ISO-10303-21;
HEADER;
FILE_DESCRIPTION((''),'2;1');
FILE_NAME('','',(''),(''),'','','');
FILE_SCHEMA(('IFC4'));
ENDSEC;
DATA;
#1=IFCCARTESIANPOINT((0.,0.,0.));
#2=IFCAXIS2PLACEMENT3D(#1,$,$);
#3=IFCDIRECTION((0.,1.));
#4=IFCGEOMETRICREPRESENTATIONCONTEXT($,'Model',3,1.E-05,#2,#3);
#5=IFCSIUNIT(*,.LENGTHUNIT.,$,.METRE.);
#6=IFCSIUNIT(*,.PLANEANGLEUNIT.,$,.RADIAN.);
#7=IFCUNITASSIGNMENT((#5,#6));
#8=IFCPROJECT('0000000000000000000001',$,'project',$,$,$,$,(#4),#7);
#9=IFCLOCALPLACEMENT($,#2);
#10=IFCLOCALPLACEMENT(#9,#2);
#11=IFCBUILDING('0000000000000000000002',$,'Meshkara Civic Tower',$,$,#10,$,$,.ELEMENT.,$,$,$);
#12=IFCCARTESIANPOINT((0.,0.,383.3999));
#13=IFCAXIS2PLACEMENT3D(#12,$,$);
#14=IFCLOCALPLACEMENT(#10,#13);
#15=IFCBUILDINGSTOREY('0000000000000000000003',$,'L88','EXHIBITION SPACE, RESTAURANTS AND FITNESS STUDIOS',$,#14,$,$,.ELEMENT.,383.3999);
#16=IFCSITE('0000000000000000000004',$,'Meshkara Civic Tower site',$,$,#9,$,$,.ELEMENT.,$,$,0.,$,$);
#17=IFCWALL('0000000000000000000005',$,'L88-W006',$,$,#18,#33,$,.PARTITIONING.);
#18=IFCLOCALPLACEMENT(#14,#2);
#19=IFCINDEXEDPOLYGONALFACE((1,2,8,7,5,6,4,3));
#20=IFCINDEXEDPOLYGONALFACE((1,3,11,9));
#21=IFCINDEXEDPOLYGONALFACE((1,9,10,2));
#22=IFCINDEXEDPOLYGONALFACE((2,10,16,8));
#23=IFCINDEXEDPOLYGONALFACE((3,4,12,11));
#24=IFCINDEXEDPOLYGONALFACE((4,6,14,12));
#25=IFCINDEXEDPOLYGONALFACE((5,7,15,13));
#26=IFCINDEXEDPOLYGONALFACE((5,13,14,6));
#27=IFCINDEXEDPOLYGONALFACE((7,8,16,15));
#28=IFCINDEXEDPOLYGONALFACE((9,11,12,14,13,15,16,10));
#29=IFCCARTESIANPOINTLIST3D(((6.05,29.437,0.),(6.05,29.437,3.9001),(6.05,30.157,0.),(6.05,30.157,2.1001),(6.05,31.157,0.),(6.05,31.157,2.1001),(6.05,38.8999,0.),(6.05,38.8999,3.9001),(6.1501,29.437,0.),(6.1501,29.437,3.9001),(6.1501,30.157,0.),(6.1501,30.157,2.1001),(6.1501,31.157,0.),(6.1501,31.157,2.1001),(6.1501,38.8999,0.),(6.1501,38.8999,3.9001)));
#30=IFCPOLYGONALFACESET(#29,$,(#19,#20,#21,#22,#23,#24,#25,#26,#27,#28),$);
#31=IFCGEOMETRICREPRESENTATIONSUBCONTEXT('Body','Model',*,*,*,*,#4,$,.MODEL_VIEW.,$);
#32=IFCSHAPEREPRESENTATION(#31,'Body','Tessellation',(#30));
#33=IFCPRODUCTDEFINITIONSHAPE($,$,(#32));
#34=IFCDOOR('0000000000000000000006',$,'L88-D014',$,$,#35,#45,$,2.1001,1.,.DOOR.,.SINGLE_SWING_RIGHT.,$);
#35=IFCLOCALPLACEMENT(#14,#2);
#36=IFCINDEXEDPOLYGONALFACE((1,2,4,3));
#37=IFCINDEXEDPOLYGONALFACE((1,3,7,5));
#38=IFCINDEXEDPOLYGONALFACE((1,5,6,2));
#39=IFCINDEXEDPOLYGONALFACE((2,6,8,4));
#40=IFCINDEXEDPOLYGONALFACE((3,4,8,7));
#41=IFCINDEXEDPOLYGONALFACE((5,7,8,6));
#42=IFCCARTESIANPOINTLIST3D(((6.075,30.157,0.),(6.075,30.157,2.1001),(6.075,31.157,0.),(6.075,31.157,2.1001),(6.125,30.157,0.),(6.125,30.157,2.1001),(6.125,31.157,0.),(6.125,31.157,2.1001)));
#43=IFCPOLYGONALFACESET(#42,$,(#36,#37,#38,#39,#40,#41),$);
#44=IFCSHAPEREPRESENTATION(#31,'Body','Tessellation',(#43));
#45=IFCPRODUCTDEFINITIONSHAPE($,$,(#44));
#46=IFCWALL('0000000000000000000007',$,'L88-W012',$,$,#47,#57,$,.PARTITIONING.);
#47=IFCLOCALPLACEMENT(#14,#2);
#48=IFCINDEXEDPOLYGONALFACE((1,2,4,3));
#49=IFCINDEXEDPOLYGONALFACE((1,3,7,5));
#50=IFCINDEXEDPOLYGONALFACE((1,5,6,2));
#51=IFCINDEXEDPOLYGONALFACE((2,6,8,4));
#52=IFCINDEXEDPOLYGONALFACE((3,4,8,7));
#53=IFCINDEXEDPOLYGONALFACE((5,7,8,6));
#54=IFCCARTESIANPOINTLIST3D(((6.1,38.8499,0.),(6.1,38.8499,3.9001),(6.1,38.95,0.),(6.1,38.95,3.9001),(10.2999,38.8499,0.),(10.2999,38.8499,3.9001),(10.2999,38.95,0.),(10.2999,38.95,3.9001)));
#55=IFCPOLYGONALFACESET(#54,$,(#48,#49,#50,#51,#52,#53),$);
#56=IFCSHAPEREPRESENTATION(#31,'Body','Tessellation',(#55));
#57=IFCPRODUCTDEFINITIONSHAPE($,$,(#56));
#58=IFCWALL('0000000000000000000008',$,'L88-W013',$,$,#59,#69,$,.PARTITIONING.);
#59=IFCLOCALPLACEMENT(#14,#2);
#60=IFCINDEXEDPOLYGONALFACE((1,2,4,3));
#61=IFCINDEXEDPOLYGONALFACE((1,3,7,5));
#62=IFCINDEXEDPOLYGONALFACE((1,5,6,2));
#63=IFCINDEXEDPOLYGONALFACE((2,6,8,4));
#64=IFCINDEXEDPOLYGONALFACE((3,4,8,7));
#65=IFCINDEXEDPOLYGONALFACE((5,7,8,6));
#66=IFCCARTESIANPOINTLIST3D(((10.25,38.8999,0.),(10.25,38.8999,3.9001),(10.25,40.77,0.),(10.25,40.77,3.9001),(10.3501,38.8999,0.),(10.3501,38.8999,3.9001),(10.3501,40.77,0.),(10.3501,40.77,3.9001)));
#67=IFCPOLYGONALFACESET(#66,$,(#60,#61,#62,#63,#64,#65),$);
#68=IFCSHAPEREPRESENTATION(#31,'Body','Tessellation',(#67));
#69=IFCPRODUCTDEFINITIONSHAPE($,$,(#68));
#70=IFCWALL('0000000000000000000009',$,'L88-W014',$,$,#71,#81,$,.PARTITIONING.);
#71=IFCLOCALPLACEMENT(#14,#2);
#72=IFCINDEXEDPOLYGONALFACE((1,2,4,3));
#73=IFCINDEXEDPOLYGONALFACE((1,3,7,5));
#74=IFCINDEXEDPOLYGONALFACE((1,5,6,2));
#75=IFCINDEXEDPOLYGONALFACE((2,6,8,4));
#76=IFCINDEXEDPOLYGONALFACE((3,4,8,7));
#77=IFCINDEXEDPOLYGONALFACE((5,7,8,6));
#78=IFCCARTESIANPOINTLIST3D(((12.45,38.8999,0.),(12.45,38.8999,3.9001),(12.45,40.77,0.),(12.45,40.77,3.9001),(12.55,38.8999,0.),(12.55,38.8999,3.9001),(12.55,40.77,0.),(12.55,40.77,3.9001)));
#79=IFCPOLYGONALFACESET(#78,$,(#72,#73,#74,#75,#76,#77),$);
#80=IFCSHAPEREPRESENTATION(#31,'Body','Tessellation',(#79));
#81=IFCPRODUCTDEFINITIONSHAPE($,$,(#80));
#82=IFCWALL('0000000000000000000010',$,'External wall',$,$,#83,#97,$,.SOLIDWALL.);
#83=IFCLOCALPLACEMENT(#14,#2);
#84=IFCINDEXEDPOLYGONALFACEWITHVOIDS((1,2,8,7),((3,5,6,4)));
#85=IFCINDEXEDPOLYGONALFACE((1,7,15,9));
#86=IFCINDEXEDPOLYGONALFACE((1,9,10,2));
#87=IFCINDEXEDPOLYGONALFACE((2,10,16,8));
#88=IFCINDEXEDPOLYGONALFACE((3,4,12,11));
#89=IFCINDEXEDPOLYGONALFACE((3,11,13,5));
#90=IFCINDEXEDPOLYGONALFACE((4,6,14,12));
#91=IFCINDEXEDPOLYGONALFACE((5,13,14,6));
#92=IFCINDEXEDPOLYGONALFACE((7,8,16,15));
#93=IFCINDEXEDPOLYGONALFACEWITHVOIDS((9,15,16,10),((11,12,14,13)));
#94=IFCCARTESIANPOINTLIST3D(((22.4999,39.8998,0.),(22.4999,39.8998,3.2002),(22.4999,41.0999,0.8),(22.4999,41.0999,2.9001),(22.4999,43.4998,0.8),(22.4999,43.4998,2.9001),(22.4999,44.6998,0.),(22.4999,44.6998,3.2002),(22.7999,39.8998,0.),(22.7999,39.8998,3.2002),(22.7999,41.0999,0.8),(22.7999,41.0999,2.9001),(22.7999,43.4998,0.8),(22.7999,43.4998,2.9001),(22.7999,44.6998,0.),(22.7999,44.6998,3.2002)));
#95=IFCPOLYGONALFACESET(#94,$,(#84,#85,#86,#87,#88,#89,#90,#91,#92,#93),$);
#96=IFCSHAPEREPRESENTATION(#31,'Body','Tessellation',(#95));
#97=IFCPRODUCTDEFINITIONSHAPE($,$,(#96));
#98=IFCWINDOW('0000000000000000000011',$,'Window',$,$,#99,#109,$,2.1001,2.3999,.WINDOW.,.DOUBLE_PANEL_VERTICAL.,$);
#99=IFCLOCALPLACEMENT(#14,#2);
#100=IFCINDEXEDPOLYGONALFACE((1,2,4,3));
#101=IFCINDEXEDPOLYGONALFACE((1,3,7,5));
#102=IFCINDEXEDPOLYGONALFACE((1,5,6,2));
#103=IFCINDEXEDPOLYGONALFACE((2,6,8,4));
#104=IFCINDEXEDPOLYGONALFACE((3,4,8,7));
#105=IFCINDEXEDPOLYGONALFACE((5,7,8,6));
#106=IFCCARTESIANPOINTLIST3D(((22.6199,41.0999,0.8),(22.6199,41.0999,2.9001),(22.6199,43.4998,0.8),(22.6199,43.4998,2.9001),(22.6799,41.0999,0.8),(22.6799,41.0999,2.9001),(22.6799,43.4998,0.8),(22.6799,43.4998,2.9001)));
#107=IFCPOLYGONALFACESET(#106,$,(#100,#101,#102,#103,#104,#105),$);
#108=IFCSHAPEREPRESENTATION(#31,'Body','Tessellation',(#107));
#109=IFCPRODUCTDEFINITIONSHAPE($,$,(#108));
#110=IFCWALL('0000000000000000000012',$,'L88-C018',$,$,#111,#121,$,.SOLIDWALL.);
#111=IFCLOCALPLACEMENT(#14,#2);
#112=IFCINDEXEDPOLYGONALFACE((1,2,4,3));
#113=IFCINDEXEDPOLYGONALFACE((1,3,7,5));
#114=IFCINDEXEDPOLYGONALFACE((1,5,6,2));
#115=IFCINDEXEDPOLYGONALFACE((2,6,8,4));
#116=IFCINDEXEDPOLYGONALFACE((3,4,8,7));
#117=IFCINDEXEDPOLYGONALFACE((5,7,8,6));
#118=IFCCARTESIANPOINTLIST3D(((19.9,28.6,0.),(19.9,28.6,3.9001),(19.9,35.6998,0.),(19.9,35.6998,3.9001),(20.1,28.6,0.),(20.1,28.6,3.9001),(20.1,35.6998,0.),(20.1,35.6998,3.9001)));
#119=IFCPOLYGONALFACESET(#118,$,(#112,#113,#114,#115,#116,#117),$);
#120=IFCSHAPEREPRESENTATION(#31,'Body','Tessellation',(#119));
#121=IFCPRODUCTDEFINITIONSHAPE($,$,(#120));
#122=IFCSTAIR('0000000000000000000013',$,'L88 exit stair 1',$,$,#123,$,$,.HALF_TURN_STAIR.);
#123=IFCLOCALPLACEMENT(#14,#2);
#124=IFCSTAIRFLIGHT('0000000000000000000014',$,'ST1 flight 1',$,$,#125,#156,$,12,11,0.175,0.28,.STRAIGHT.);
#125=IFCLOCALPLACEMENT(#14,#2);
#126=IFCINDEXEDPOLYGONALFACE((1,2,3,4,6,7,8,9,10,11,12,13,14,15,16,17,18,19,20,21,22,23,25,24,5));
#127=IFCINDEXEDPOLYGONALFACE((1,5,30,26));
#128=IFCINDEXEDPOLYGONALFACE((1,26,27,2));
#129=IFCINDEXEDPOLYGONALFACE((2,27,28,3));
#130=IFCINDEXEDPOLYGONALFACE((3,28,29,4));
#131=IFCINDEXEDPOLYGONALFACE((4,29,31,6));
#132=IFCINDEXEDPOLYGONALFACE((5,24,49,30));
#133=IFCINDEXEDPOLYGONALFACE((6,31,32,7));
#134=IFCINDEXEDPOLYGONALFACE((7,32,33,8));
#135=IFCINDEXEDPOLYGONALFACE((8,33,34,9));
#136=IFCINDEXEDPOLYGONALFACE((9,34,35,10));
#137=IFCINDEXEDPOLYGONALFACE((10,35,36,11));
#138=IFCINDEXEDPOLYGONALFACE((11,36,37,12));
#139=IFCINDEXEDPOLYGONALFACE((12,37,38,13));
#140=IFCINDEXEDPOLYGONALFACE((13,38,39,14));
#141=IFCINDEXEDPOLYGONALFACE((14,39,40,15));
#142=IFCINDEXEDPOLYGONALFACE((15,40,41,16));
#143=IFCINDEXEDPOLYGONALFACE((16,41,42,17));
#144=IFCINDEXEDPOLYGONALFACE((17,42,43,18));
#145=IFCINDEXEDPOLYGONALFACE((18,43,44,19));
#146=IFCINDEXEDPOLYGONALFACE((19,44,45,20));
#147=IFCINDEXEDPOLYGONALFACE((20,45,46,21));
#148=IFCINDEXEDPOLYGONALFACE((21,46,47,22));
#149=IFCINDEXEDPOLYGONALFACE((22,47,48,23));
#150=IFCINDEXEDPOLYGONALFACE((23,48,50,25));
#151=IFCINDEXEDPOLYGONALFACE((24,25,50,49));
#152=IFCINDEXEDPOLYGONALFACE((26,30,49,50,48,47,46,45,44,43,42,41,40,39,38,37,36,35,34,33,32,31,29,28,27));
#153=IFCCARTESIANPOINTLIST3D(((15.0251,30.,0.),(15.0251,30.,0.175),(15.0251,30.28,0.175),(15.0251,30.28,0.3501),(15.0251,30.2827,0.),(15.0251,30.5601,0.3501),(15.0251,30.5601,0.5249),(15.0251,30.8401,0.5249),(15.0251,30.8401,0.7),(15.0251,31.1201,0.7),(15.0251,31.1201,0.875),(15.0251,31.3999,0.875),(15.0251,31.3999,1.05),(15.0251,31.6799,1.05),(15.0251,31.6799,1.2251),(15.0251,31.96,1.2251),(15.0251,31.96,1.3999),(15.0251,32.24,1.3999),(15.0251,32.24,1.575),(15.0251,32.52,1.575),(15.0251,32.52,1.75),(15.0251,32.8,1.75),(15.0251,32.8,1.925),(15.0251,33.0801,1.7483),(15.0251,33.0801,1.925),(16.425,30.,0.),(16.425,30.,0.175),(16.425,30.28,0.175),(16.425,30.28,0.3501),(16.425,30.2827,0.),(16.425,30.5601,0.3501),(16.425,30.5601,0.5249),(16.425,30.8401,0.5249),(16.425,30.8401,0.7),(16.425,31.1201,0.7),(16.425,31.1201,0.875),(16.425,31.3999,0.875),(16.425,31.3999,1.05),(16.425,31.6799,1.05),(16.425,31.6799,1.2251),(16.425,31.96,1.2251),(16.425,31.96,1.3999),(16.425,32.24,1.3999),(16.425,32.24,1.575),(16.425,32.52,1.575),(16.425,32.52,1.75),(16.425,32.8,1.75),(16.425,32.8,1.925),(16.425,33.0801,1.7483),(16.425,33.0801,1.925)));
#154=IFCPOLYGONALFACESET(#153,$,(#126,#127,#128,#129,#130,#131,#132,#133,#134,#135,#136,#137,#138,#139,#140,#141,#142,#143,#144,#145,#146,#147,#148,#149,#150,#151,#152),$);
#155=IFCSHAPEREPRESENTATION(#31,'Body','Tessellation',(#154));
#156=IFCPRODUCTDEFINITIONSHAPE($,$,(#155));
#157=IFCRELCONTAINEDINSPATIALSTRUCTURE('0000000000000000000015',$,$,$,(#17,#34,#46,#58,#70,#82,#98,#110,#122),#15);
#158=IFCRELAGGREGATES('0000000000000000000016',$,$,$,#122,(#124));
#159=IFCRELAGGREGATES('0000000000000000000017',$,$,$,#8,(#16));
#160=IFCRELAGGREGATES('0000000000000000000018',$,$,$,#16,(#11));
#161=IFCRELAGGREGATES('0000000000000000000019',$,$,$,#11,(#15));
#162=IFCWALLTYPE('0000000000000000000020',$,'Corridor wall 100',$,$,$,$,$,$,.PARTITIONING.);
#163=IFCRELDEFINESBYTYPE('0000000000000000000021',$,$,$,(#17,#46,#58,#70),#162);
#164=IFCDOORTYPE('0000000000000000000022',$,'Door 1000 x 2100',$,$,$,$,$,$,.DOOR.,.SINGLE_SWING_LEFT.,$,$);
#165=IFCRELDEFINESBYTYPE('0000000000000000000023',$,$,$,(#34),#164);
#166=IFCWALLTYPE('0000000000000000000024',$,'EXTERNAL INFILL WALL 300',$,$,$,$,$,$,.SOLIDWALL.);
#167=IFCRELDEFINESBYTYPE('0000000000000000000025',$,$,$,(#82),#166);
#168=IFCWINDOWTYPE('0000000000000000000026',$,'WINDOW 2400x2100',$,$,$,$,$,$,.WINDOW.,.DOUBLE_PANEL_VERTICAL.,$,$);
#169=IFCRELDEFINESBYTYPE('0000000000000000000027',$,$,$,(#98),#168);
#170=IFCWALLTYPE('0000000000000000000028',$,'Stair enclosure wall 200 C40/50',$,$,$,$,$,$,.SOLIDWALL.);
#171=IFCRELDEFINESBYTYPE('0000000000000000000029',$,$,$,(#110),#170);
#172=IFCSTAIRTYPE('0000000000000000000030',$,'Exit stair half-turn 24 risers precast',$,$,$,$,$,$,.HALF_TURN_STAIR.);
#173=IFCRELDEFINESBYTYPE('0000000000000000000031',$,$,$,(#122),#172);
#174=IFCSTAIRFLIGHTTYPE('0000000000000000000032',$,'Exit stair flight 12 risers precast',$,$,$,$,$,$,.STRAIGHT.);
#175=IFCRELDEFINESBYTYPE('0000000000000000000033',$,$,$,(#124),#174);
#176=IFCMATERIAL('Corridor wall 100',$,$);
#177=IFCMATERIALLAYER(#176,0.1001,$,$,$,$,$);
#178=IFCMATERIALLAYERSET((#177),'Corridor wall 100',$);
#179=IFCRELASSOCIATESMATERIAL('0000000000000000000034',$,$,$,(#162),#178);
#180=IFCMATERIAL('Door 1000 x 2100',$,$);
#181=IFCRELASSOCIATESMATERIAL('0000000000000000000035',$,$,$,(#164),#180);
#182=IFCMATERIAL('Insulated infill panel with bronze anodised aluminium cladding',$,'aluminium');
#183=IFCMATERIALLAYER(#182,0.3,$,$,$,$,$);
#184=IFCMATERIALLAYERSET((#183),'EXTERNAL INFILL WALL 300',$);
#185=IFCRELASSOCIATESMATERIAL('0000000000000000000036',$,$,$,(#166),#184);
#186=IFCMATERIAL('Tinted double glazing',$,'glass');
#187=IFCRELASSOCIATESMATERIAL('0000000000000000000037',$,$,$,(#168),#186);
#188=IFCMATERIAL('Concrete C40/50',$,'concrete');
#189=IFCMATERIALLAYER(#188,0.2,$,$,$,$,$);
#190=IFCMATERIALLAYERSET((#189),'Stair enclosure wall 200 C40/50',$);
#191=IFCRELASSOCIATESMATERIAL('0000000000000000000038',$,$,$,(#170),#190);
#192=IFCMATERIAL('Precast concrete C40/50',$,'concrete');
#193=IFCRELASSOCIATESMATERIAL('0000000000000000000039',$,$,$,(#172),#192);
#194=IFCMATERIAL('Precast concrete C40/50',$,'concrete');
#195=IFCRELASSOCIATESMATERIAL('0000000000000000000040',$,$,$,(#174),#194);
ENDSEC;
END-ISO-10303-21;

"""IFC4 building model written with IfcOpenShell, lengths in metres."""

from ifc_helpers import new_model, si_unit, direction, frame, frame_2d, origin, place, context, subcontext, project, spatial, polyline, rectangle, outline, extrude, material, layer, layer_set, type_object, element, fill, aggregate, save


model = new_model("IFC4")

# Units and contexts
model_context = context("Model", 3, precision=1e-05, world=origin(), true_north=direction((0.0, 1.0)))
body_context = subcontext(model_context, "Body", "Model", "MODEL_VIEW")
ifc_project = project(units=[si_unit("LENGTHUNIT", "METRE"), si_unit("PLANEANGLEUNIT", "RADIAN")], contexts=[model_context])

# Site, building, storey
site_placement = place(None, origin())
site = spatial("IfcSite", under=ifc_project, at=site_placement, Name="Meshkara Civic Tower site", CompositionType="ELEMENT", RefElevation=0.0)
building_placement = place(site_placement, origin())
building = spatial("IfcBuilding", under=site, at=building_placement, Name="Meshkara Civic Tower", CompositionType="ELEMENT")
storey_placement = place(building_placement, frame((0.0, 0.0, 383.3999)))
storey = spatial("IfcBuildingStorey", under=building, at=storey_placement, Name="L88", Description="EXHIBITION SPACE, RESTAURANTS AND FITNESS STUDIOS", CompositionType="ELEMENT", Elevation=383.3999)

# Wall, opening, door
ifc_material_1 = material(Name="Corridor wall 100")
ifc_layer_1 = layer(ifc_material_1, 0.1001)
ifc_layer_set_1 = layer_set([ifc_layer_1], Name="Corridor wall 100")
wall_type_1 = type_object("IfcWallType", Name="Corridor wall 100", PredefinedType="PARTITIONING", material=ifc_layer_set_1)
wall_1_placement = place(storey_placement, frame((6.1001, 38.8999, 0.0), z_axis=(0.0, 0.0, 1.0), x_axis=(0.0, -1.0, 0.0)))
wall_1 = element("IfcWall", 1, at=wall_1_placement, inside=storey, type_object=wall_type_1, Name="L88-W006", PredefinedType="PARTITIONING", context=body_context, shape_type="SweptSolid", body=[
    extrude(rectangle(XDim=9.4629, YDim=0.1001, at=frame_2d((4.7314, 0.0))), origin(), (0.0, 0.0, 1.0), 3.9001),
])
opening_1_placement = place(wall_1_placement, frame((7.7429, 0.0, 0.0)))
opening_1 = element("IfcOpeningElement", 2, at=opening_1_placement, cuts=wall_1, PredefinedType="OPENING", context=body_context, shape_type="SweptSolid", body=[
    extrude(rectangle(XDim=1.0, YDim=2.1001, at=frame_2d((0.5, 1.05))), frame((0.0, 0.0601, 0.0), z_axis=(0.0, -1.0, 0.0), x_axis=(1.0, 0.0, 0.0)), (0.0, 0.0, 1.0), 0.1201),
])
ifc_material_2 = material(Name="Door 1000 x 2100")
door_type_1 = type_object("IfcDoorType", Name="Door 1000 x 2100", OperationType="SINGLE_SWING_LEFT", PredefinedType="DOOR", material=ifc_material_2)
door_1_placement = place(opening_1_placement, origin())
door_1 = element("IfcDoor", 3, at=door_1_placement, inside=storey, type_object=door_type_1, Name="L88-D014", OperationType="SINGLE_SWING_RIGHT", OverallHeight=2.1001, OverallWidth=1.0, PredefinedType="DOOR", context=body_context, shape_type="SweptSolid", body=[
    extrude(rectangle(XDim=1.0, YDim=2.1001, at=frame_2d((0.5, 1.05))), frame((0.0, 0.0249, 0.0), z_axis=(0.0, -1.0, 0.0), x_axis=(1.0, 0.0, 0.0)), (0.0, 0.0, 1.0), 0.05),
])
fill(opening_1, door_1)

# Walls
wall_2_placement = place(storey_placement, frame((10.3, 38.8999, 0.0), z_axis=(0.0, 0.0, 1.0), x_axis=(-1.0, 0.0, 0.0)))
element("IfcWall", 4, at=wall_2_placement, inside=storey, type_object=wall_type_1, Name="L88-W012", PredefinedType="PARTITIONING", context=body_context, shape_type="SweptSolid", body=[
    extrude(rectangle(XDim=4.2, YDim=0.1001, at=frame_2d((2.1001, 0.0))), origin(), (0.0, 0.0, 1.0), 3.9001),
])
for number, where, z_axis, x_axis, name in (
    (5, (10.3, 40.77, 0.0), (0.0, 0.0, 1.0), (0.0, -1.0, 0.0), "L88-W013"),
    (6, (12.5, 38.8999, 0.0), (0.0, 0.0, 1.0), (0.0, 1.0, 0.0), "L88-W014"),
):
    element("IfcWall", number, at=place(storey_placement, frame(where, z_axis=z_axis, x_axis=x_axis)), inside=storey, type_object=wall_type_1, Name=name, PredefinedType="PARTITIONING", context=body_context, shape_type="SweptSolid", body=[
        extrude(rectangle(XDim=1.8701, YDim=0.1001, at=frame_2d((0.9351, 0.0))), origin(), (0.0, 0.0, 1.0), 3.9001),
    ])

# Wall, opening, window
ifc_material_3 = material(Name="Insulated infill panel with bronze anodised aluminium cladding", Category="aluminium")
ifc_layer_2 = layer(ifc_material_3, 0.3)
ifc_layer_set_2 = layer_set([ifc_layer_2], Name="EXTERNAL INFILL WALL 300")
wall_type_2 = type_object("IfcWallType", Name="EXTERNAL INFILL WALL 300", PredefinedType="SOLIDWALL", material=ifc_layer_set_2)
wall_3_placement = place(storey_placement, frame((22.6499, 39.8999, 0.0), z_axis=(0.0, 0.0, 1.0), x_axis=(0.0, 1.0, 0.0)))
wall_3 = element("IfcWall", 7, at=wall_3_placement, inside=storey, type_object=wall_type_2, Name="External wall", PredefinedType="SOLIDWALL", context=body_context, shape_type="SweptSolid", body=[
    extrude(rectangle(XDim=4.8, YDim=0.3, at=frame_2d((2.3999, 0.0))), origin(), (0.0, 0.0, 1.0), 3.2002),
])
opening_2_placement = place(wall_3_placement, frame((1.2, 0.0, 0.8)))
opening_2 = element("IfcOpeningElement", 8, at=opening_2_placement, cuts=wall_3, PredefinedType="OPENING", context=body_context, shape_type="SweptSolid", body=[
    extrude(rectangle(XDim=2.3999, YDim=2.1001, at=frame_2d((1.2, 1.05))), frame((0.0, 0.1599, 0.0), z_axis=(0.0, -1.0, 0.0), x_axis=(1.0, 0.0, 0.0)), (0.0, 0.0, 1.0), 0.3201),
])
ifc_material_4 = material(Name="Tinted double glazing", Category="glass")
window_type = type_object("IfcWindowType", Name="WINDOW 2400x2100", PartitioningType="DOUBLE_PANEL_VERTICAL", PredefinedType="WINDOW", material=ifc_material_4)
window_placement = place(opening_2_placement, origin())
window = element("IfcWindow", 9, at=window_placement, inside=storey, type_object=window_type, Name="Window", OverallHeight=2.1001, OverallWidth=2.3999, PartitioningType="DOUBLE_PANEL_VERTICAL", PredefinedType="WINDOW", context=body_context, shape_type="SweptSolid", body=[
    extrude(rectangle(XDim=2.3999, YDim=2.1001, at=frame_2d((1.2, 1.05))), frame((0.0, 0.03, 0.0), z_axis=(0.0, -1.0, 0.0), x_axis=(1.0, 0.0, 0.0)), (0.0, 0.0, 1.0), 0.0601),
])
fill(opening_2, window)

# Wall
ifc_material_5 = material(Name="Concrete C40/50", Category="concrete")
ifc_layer_3 = layer(ifc_material_5, 0.2)
ifc_layer_set_3 = layer_set([ifc_layer_3], Name="Stair enclosure wall 200 C40/50")
wall_type_3 = type_object("IfcWallType", Name="Stair enclosure wall 200 C40/50", PredefinedType="SOLIDWALL", material=ifc_layer_set_3)
wall_4_placement = place(storey_placement, frame((20.0, 28.6001, 0.0), z_axis=(0.0, 0.0, 1.0), x_axis=(0.0, 1.0, 0.0)))
element("IfcWall", 10, at=wall_4_placement, inside=storey, type_object=wall_type_3, Name="L88-C018", PredefinedType="SOLIDWALL", context=body_context, shape_type="SweptSolid", body=[
    extrude(rectangle(XDim=7.0999, YDim=0.2, at=frame_2d((3.5498, 0.0))), origin(), (0.0, 0.0, 1.0), 3.9001),
])

# Stair, stair flight
ifc_material_6 = material(Name="Precast concrete C40/50", Category="concrete")
stair_type = type_object("IfcStairType", Name="Exit stair half-turn 24 risers precast", PredefinedType="HALF_TURN_STAIR", material=ifc_material_6)
stair_1_placement = place(storey_placement, origin())
stair_1 = element("IfcStair", 11, at=stair_1_placement, inside=storey, type_object=stair_type, Name="L88 exit stair 1", PredefinedType="HALF_TURN_STAIR")
ifc_material_7 = material(Name="Precast concrete C40/50", Category="concrete")
stair_flight_type = type_object("IfcStairFlightType", Name="Exit stair flight 12 risers precast", PredefinedType="STRAIGHT", material=ifc_material_7)
stair_flight_1_placement = place(storey_placement, frame((15.7251, 30.0, 0.0), z_axis=(0.0, 0.0, 1.0), x_axis=(0.0, 1.0, 0.0)))
stair_flight_1 = element("IfcStairFlight", 12, at=stair_flight_1_placement, type_object=stair_flight_type, Name="ST1 flight 1", NumberOfRisers=12, NumberOfTreads=11, PredefinedType="STRAIGHT", RiserHeight=0.175, TreadLength=0.28, context=body_context, shape_type="SweptSolid", body=[
    extrude(outline(polyline([(0.0, 0.0), (0.0, 0.175), (0.28, 0.175), (0.28, 0.3501), (0.5601, 0.3501), (0.5601, 0.5249), (0.8401, 0.5249), (0.8401, 0.7), (1.1201, 0.7), (1.1201, 0.875), (1.3999, 0.875), (1.3999, 1.05), (1.6799, 1.05), (1.6799, 1.2251), (1.96, 1.2251), (1.96, 1.3999), (2.24, 1.3999), (2.24, 1.575), (2.52, 1.575), (2.52, 1.75), (2.8, 1.75), (2.8, 1.925), (3.0801, 1.925), (3.0801, 2.1001), (3.0801, 1.7483), (0.2827, 0.0), (0.0, 0.0)])), frame((0.0, 0.7, 0.0), z_axis=(0.0, -1.0, 0.0), x_axis=(1.0, 0.0, 0.0)), (0.0, 0.0, 1.0), 1.3999),
])
aggregate(stair_1, [stair_flight_1])

save(model, "model.ifc")
